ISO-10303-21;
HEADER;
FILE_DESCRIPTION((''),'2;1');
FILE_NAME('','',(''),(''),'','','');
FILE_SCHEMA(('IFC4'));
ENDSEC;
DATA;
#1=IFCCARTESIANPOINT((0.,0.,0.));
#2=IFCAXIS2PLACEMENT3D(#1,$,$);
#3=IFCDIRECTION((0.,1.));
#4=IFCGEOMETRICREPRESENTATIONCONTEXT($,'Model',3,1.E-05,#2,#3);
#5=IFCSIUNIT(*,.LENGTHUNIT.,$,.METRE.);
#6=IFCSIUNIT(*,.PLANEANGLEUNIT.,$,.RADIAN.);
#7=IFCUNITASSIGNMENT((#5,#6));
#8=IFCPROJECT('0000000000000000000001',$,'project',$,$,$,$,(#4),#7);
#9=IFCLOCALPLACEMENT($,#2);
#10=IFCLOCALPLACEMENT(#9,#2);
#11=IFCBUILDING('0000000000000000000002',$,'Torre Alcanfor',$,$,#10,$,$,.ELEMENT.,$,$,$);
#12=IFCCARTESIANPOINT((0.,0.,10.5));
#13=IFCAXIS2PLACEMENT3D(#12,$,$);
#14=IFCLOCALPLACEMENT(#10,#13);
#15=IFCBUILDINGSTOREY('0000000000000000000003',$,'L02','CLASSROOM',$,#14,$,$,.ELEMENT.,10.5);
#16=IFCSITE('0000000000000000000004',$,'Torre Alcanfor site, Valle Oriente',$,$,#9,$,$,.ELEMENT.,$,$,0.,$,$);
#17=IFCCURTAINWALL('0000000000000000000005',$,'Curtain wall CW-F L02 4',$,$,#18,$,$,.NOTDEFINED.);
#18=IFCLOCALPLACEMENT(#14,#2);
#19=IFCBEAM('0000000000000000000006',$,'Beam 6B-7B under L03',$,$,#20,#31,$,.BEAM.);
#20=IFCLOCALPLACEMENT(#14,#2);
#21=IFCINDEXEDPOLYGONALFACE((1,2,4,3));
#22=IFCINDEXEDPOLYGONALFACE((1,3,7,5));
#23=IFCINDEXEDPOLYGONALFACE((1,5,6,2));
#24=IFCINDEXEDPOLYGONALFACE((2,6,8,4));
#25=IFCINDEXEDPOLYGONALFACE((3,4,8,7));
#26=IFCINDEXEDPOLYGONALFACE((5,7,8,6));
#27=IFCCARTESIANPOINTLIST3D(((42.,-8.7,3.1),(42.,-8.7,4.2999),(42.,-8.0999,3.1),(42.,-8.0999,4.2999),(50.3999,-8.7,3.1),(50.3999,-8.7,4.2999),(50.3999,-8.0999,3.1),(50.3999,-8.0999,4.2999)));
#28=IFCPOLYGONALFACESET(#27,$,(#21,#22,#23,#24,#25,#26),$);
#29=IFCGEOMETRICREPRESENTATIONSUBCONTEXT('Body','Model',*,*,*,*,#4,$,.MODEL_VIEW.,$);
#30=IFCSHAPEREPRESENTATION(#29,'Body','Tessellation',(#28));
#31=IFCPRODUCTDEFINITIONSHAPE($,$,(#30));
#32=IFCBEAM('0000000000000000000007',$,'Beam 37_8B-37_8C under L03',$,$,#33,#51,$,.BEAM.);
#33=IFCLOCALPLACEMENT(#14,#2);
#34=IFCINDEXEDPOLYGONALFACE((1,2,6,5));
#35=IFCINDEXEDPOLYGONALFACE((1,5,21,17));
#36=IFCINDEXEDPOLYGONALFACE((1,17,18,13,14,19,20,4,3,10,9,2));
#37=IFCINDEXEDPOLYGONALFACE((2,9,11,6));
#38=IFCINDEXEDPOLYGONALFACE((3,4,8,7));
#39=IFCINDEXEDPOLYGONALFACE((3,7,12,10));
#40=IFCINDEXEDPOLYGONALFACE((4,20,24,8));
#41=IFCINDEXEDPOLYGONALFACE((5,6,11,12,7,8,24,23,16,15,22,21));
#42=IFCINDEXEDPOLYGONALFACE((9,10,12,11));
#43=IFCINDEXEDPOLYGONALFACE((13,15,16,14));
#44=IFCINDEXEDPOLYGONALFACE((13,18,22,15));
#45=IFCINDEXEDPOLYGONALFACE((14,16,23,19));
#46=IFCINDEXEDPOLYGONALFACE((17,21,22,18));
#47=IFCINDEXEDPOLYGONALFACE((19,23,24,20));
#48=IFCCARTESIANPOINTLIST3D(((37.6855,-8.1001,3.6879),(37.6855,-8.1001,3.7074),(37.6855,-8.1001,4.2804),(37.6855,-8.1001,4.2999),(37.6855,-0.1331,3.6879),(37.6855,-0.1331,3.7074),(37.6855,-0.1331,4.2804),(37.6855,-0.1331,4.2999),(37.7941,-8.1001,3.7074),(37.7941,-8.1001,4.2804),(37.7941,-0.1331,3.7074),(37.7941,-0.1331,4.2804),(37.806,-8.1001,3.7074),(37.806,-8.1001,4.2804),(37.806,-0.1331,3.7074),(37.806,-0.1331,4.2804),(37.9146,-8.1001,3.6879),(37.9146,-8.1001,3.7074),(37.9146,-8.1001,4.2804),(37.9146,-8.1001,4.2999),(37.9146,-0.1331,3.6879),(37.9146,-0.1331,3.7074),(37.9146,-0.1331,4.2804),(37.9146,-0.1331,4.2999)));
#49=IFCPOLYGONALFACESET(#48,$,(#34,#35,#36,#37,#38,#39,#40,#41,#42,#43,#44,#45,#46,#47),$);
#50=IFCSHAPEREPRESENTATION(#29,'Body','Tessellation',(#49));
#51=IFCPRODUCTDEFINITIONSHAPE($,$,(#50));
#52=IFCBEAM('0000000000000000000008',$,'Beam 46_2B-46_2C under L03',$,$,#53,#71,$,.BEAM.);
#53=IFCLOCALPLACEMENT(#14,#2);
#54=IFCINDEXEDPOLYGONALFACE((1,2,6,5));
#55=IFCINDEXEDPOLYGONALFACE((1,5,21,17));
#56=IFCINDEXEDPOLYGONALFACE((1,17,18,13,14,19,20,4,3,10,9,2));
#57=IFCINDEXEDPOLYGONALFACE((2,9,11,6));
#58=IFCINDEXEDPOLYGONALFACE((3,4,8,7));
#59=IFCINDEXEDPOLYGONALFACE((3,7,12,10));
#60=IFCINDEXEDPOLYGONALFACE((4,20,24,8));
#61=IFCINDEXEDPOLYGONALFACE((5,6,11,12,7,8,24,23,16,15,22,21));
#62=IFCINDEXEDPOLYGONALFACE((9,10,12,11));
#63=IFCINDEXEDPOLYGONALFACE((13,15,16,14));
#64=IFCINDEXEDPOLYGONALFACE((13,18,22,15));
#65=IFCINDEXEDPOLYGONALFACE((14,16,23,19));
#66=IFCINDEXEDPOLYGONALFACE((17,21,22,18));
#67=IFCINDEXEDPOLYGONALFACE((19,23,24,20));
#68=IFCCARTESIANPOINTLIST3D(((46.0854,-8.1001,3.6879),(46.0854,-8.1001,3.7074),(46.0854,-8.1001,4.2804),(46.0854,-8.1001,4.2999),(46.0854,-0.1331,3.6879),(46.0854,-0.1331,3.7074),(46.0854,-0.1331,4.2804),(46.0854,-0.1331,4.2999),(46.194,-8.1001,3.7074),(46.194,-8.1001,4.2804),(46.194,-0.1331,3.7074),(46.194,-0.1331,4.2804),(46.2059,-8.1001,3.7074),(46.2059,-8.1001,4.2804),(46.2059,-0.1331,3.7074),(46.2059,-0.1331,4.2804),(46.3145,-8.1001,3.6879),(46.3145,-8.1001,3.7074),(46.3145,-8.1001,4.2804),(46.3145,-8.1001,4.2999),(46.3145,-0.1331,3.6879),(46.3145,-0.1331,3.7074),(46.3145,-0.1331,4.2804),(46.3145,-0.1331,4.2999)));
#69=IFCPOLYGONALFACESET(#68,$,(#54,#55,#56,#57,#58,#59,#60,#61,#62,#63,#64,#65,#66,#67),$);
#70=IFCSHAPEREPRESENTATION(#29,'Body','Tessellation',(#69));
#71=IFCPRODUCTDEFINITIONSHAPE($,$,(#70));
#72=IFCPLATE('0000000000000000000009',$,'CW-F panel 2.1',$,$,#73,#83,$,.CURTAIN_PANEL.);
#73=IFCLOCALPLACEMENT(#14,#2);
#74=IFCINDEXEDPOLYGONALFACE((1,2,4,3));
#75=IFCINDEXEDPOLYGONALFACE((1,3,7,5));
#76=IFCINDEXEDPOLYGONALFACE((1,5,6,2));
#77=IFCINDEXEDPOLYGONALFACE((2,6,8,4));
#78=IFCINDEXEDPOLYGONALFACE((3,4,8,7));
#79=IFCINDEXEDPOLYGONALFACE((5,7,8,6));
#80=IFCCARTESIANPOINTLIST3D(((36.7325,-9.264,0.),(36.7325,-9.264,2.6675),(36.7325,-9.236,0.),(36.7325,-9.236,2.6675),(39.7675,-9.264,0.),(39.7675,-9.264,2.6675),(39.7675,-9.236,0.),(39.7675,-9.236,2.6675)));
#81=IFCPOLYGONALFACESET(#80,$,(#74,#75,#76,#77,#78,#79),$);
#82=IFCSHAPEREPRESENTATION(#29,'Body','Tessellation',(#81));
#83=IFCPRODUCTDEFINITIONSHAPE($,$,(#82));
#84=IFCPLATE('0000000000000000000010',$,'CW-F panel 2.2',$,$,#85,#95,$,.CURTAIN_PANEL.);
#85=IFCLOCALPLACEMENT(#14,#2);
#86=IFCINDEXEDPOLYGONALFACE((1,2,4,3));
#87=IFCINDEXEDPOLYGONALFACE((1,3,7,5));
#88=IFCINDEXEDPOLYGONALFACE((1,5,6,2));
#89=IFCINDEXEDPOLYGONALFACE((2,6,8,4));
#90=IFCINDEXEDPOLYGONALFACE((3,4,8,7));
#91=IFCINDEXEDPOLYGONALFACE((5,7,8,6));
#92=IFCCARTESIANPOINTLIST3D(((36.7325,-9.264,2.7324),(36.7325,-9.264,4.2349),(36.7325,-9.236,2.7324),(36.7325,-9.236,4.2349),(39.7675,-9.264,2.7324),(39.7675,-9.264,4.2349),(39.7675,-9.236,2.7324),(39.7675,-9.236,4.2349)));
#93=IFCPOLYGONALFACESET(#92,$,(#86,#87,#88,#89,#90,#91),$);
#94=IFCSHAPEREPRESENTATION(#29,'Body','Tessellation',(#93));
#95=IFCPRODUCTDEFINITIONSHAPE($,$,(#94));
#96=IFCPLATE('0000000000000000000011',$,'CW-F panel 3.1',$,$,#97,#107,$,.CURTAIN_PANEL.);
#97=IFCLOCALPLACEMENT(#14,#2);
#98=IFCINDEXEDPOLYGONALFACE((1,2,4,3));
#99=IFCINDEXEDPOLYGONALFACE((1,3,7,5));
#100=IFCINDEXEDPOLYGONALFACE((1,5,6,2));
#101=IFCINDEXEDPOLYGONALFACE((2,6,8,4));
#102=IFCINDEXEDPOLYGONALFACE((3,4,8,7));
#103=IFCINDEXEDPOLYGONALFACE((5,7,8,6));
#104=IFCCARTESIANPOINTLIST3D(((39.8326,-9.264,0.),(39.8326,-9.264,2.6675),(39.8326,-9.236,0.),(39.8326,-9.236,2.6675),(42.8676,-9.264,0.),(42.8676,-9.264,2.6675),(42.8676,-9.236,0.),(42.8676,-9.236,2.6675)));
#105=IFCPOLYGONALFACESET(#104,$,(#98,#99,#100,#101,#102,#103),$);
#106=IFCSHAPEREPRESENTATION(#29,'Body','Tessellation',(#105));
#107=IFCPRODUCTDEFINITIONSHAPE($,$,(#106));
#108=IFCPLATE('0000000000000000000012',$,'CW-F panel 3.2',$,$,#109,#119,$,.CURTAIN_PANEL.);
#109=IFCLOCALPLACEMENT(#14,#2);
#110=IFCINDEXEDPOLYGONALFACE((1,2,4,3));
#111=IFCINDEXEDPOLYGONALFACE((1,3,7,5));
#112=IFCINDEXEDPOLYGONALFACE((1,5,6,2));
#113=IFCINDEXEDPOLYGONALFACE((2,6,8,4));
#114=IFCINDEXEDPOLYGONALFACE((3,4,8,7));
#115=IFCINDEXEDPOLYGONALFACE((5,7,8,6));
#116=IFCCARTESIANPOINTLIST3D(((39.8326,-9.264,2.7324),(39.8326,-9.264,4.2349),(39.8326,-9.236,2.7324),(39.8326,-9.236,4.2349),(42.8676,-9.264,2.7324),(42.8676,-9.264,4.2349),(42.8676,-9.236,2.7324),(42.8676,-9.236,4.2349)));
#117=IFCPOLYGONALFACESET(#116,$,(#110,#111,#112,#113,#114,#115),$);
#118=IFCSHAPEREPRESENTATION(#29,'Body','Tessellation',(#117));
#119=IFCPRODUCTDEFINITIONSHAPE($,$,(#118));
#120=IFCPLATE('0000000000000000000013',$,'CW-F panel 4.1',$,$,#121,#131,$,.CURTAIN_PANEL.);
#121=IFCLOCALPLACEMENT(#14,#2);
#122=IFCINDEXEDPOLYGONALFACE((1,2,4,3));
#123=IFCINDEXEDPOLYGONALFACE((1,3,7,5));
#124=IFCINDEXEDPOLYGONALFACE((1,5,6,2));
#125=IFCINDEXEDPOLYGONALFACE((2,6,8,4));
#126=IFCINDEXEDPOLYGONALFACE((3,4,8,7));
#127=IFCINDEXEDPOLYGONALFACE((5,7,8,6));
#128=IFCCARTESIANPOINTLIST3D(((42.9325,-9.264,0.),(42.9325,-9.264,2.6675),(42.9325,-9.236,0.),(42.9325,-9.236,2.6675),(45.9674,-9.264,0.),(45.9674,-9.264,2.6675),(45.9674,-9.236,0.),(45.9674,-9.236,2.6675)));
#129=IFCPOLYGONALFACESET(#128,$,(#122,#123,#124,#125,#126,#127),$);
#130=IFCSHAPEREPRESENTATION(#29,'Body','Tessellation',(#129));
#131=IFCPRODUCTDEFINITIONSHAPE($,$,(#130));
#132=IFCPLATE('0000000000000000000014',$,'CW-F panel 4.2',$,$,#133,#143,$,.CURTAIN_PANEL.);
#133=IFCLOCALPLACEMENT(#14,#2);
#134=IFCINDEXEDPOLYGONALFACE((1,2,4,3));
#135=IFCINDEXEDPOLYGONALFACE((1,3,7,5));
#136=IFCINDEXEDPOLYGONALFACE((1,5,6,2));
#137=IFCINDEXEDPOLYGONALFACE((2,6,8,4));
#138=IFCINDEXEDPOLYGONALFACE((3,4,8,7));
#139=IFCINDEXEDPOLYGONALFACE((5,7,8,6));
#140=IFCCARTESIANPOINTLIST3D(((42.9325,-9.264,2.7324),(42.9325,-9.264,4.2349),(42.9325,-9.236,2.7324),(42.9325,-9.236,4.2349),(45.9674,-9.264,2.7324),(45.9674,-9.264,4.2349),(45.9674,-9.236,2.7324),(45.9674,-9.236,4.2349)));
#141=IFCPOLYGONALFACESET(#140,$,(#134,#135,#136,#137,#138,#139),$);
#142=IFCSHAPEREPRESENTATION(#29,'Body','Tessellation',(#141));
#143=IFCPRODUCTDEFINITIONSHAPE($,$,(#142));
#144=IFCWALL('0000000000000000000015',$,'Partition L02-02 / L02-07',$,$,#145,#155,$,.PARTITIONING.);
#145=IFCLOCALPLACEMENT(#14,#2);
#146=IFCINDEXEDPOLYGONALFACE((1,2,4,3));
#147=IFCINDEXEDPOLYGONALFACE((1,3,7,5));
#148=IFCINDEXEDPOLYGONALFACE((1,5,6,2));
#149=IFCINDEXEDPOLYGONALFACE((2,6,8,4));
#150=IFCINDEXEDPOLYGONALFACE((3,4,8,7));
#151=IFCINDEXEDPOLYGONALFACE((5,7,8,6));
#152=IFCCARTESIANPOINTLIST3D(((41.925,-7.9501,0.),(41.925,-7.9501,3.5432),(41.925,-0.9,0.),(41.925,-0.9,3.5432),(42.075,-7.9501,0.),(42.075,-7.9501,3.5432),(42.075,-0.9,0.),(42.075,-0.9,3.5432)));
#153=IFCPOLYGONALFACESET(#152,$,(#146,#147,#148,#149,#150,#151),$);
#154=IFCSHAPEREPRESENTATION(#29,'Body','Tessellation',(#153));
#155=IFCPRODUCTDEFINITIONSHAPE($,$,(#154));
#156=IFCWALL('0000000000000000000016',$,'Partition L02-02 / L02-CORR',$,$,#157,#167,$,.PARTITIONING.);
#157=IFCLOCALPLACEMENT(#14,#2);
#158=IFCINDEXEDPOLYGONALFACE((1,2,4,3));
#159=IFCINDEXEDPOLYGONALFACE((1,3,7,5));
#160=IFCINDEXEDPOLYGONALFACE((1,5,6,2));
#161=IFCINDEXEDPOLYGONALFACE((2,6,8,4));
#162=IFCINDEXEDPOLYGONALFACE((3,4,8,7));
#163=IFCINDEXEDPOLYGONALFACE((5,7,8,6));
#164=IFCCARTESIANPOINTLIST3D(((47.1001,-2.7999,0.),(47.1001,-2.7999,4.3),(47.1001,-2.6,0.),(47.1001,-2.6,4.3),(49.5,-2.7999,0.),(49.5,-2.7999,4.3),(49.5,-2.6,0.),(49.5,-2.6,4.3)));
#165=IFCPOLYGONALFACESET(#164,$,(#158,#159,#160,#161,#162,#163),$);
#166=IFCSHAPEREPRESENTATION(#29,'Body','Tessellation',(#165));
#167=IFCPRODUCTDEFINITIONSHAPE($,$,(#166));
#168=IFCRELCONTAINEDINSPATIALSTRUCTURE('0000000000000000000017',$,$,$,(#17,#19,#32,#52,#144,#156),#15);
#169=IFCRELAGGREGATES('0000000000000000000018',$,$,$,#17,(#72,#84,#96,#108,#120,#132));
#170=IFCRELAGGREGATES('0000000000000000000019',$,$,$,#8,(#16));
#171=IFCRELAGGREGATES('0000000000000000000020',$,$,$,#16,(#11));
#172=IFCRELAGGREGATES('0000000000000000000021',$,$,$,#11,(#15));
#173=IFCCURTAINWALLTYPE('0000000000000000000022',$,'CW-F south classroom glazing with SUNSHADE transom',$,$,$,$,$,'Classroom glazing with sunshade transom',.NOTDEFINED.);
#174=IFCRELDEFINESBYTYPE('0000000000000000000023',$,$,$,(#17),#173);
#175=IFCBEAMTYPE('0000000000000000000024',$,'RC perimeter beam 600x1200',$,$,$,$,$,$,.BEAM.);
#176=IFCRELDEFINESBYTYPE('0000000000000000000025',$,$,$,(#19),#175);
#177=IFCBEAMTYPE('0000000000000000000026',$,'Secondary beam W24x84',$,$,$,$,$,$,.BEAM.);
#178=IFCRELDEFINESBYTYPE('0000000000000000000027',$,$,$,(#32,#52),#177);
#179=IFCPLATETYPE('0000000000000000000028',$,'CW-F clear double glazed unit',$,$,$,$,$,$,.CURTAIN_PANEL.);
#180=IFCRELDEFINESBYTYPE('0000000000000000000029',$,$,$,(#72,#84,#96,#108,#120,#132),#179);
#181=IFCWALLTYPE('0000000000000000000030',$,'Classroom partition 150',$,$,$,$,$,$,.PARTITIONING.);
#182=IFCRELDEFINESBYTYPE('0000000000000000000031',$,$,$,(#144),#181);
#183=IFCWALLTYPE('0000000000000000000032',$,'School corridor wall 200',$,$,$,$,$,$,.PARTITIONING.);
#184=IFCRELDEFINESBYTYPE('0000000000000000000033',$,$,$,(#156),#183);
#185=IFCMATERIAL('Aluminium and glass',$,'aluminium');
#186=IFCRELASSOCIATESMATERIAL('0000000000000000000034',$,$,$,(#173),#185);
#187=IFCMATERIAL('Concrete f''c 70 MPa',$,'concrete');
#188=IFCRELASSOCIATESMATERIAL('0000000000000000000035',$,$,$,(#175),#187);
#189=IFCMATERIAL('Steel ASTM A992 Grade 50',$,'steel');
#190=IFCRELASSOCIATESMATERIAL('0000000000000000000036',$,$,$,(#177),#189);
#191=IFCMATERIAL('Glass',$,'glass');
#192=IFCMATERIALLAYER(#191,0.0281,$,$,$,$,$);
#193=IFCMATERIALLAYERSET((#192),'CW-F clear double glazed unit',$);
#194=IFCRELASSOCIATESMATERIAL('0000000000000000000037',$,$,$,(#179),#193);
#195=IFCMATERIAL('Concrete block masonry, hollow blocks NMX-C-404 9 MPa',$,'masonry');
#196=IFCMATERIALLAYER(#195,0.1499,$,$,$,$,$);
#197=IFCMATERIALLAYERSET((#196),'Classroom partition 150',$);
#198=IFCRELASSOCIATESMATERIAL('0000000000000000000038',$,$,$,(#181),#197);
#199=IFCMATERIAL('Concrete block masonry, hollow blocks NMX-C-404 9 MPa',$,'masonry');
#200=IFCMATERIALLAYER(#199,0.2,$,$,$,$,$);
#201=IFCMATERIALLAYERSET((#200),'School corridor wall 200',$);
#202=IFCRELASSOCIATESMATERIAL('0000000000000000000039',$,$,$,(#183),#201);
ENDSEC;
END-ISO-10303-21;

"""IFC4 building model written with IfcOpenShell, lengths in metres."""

from ifc_helpers import new_model, si_unit, direction, frame, frame_2d, origin, origin_2d, place, context, subcontext, project, spatial, rectangle, i_section, extrude, material, layer, layer_set, material_profile, profile_set, type_object, element, aggregate, save


model = new_model("IFC4")

# Units and contexts
model_context = context("Model", 3, precision=1e-05, world=origin(), true_north=direction((0.0, 1.0)))
body_context = subcontext(model_context, "Body", "Model", "MODEL_VIEW")
ifc_project = project(units=[si_unit("LENGTHUNIT", "METRE"), si_unit("PLANEANGLEUNIT", "RADIAN")], contexts=[model_context])

# Site, building, storey
site_placement = place(None, origin())
site = spatial("IfcSite", under=ifc_project, at=site_placement, Name="Torre Alcanfor site, Valle Oriente", CompositionType="ELEMENT", RefElevation=0.0)
building_placement = place(site_placement, origin())
building = spatial("IfcBuilding", under=site, at=building_placement, Name="Torre Alcanfor", CompositionType="ELEMENT")
storey_placement = place(building_placement, frame((0.0, 0.0, 10.5)))
storey = spatial("IfcBuildingStorey", under=building, at=storey_placement, Name="L02", Description="CLASSROOM", CompositionType="ELEMENT", Elevation=10.5)

# Curtain wall
ifc_material_1 = material(Name="Aluminium and glass", Category="aluminium")
curtain_wall_type = type_object("IfcCurtainWallType", Name="CW-F south classroom glazing with SUNSHADE transom", ElementType="Classroom glazing with sunshade transom", PredefinedType="NOTDEFINED", material=ifc_material_1)
curtain_wall_placement = place(storey_placement, origin())
curtain_wall = element("IfcCurtainWall", 1, at=curtain_wall_placement, inside=storey, type_object=curtain_wall_type, Name="Curtain wall CW-F L02 4", PredefinedType="NOTDEFINED")

# Beams
ifc_material_2 = material(Name="Concrete f'c 70 MPa", Category="concrete")
ifc_material_profile_1 = material_profile(ifc_material_2, rectangle(XDim=0.6001, YDim=1.2, at=origin_2d()), Name="600x1200")
ifc_profile_set_1 = profile_set([ifc_material_profile_1], Name="Concrete f'c 70 MPa")
beam_type_1 = type_object("IfcBeamType", Name="RC perimeter beam 600x1200", PredefinedType="BEAM", material=ifc_profile_set_1)
beam_1_placement = place(storey_placement, frame((42.0, -8.3999, 3.7), z_axis=(1.0, 0.0, 0.0), x_axis=(0.0, 1.0, 0.0)))
element("IfcBeam", 2, at=beam_1_placement, inside=storey, type_object=beam_type_1, Name="Beam 6B-7B under L03", PredefinedType="BEAM", context=body_context, shape_type="SweptSolid", body=[
    extrude(rectangle(XDim=0.6001, YDim=1.2, at=origin_2d()), origin(), (0.0, 0.0, 1.0), 8.3999),
])
ifc_material_3 = material(Name="Steel ASTM A992 Grade 50", Category="steel")
ifc_material_profile_2 = material_profile(ifc_material_3, i_section(OverallWidth=0.229, OverallDepth=0.6121, WebThickness=0.012, FlangeThickness=0.0195, at=origin_2d()), Name="W24x84")
ifc_profile_set_2 = profile_set([ifc_material_profile_2], Name="Steel ASTM A992 Grade 50")
beam_type_2 = type_object("IfcBeamType", Name="Secondary beam W24x84", PredefinedType="BEAM", material=ifc_profile_set_2)
for number, where, z_axis, x_axis, name in (
    (3, (37.8, -8.1001, 3.9939), (0.0, 1.0, 0.0), (-1.0, 0.0, 0.0), "Beam 37_8B-37_8C under L03"),
    (4, (46.2, -8.1001, 3.9939), (0.0, 1.0, 0.0), (-1.0, 0.0, 0.0), "Beam 46_2B-46_2C under L03"),
):
    element("IfcBeam", number, at=place(storey_placement, frame(where, z_axis=z_axis, x_axis=x_axis)), inside=storey, type_object=beam_type_2, Name=name, PredefinedType="BEAM", context=body_context, shape_type="SweptSolid", body=[
        extrude(i_section(OverallWidth=0.229, OverallDepth=0.6121, WebThickness=0.012, FlangeThickness=0.0195, at=origin_2d()), origin(), (0.0, 0.0, 1.0), 7.967),
    ])

# Plates
ifc_material_4 = material(Name="Glass", Category="glass")
ifc_layer_1 = layer(ifc_material_4, 0.0281)
ifc_layer_set_1 = layer_set([ifc_layer_1], Name="CW-F clear double glazed unit")
plate_type = type_object("IfcPlateType", Name="CW-F clear double glazed unit", PredefinedType="CURTAIN_PANEL", material=ifc_layer_set_1)
plate_1_placement = place(storey_placement, frame((38.25, -9.25, 0.0), z_axis=(0.0, 0.0, 1.0), x_axis=(1.0, 0.0, 0.0)))
plate_1 = element("IfcPlate", 5, at=plate_1_placement, type_object=plate_type, Name="CW-F panel 2.1", PredefinedType="CURTAIN_PANEL", context=body_context, shape_type="SweptSolid", body=[
    extrude(rectangle(XDim=3.0349, YDim=0.0281, at=origin_2d()), origin(), (0.0, 0.0, 1.0), 2.6675),
])
plate_2_placement = place(storey_placement, frame((38.25, -9.25, 2.7324), z_axis=(0.0, 0.0, 1.0), x_axis=(1.0, 0.0, 0.0)))
plate_2 = element("IfcPlate", 6, at=plate_2_placement, type_object=plate_type, Name="CW-F panel 2.2", PredefinedType="CURTAIN_PANEL", context=body_context, shape_type="SweptSolid", body=[
    extrude(rectangle(XDim=3.0349, YDim=0.0281, at=origin_2d()), origin(), (0.0, 0.0, 1.0), 1.5024),
])
plate_3_placement = place(storey_placement, frame((41.3501, -9.25, 0.0), z_axis=(0.0, 0.0, 1.0), x_axis=(1.0, 0.0, 0.0)))
plate_3 = element("IfcPlate", 7, at=plate_3_placement, type_object=plate_type, Name="CW-F panel 3.1", PredefinedType="CURTAIN_PANEL", context=body_context, shape_type="SweptSolid", body=[
    extrude(rectangle(XDim=3.0349, YDim=0.0281, at=origin_2d()), origin(), (0.0, 0.0, 1.0), 2.6675),
])
plate_4_placement = place(storey_placement, frame((41.3501, -9.25, 2.7324), z_axis=(0.0, 0.0, 1.0), x_axis=(1.0, 0.0, 0.0)))
plate_4 = element("IfcPlate", 8, at=plate_4_placement, type_object=plate_type, Name="CW-F panel 3.2", PredefinedType="CURTAIN_PANEL", context=body_context, shape_type="SweptSolid", body=[
    extrude(rectangle(XDim=3.0349, YDim=0.0281, at=origin_2d()), origin(), (0.0, 0.0, 1.0), 1.5024),
])
plate_5_placement = place(storey_placement, frame((44.45, -9.25, 0.0), z_axis=(0.0, 0.0, 1.0), x_axis=(1.0, 0.0, 0.0)))
plate_5 = element("IfcPlate", 9, at=plate_5_placement, type_object=plate_type, Name="CW-F panel 4.1", PredefinedType="CURTAIN_PANEL", context=body_context, shape_type="SweptSolid", body=[
    extrude(rectangle(XDim=3.0349, YDim=0.0281, at=origin_2d()), origin(), (0.0, 0.0, 1.0), 2.6675),
])
plate_6_placement = place(storey_placement, frame((44.45, -9.25, 2.7324), z_axis=(0.0, 0.0, 1.0), x_axis=(1.0, 0.0, 0.0)))
plate_6 = element("IfcPlate", 10, at=plate_6_placement, type_object=plate_type, Name="CW-F panel 4.2", PredefinedType="CURTAIN_PANEL", context=body_context, shape_type="SweptSolid", body=[
    extrude(rectangle(XDim=3.0349, YDim=0.0281, at=origin_2d()), origin(), (0.0, 0.0, 1.0), 1.5024),
])
aggregate(curtain_wall, [plate_1, plate_2, plate_3, plate_4, plate_5, plate_6])

# Walls
ifc_material_5 = material(Name="Concrete block masonry, hollow blocks NMX-C-404 9 MPa", Category="masonry")
ifc_layer_2 = layer(ifc_material_5, 0.1499)
ifc_layer_set_2 = layer_set([ifc_layer_2], Name="Classroom partition 150")
wall_type_1 = type_object("IfcWallType", Name="Classroom partition 150", PredefinedType="PARTITIONING", material=ifc_layer_set_2)
wall_1_placement = place(storey_placement, frame((42.0, -7.95, 0.0), z_axis=(0.0, 0.0, 1.0), x_axis=(0.0, 1.0, 0.0)))
element("IfcWall", 11, at=wall_1_placement, inside=storey, type_object=wall_type_1, Name="Partition L02-02 / L02-07", PredefinedType="PARTITIONING", context=body_context, shape_type="SweptSolid", body=[
    extrude(rectangle(XDim=7.05, YDim=0.1499, at=frame_2d((3.5249, 0.0))), origin(), (0.0, 0.0, 1.0), 3.5432),
])
ifc_material_6 = material(Name="Concrete block masonry, hollow blocks NMX-C-404 9 MPa", Category="masonry")
ifc_layer_3 = layer(ifc_material_6, 0.2)
ifc_layer_set_3 = layer_set([ifc_layer_3], Name="School corridor wall 200")
wall_type_2 = type_object("IfcWallType", Name="School corridor wall 200", PredefinedType="PARTITIONING", material=ifc_layer_set_3)
wall_2_placement = place(storey_placement, frame((47.1001, -2.7, 0.0), z_axis=(0.0, 0.0, 1.0), x_axis=(1.0, 0.0, 0.0)))
element("IfcWall", 12, at=wall_2_placement, inside=storey, type_object=wall_type_2, Name="Partition L02-02 / L02-CORR", PredefinedType="PARTITIONING", context=body_context, shape_type="SweptSolid", body=[
    extrude(rectangle(XDim=2.3999, YDim=0.2, at=frame_2d((1.2, 0.0))), origin(), (0.0, 0.0, 1.0), 4.3),
])

save(model, "model.ifc")
